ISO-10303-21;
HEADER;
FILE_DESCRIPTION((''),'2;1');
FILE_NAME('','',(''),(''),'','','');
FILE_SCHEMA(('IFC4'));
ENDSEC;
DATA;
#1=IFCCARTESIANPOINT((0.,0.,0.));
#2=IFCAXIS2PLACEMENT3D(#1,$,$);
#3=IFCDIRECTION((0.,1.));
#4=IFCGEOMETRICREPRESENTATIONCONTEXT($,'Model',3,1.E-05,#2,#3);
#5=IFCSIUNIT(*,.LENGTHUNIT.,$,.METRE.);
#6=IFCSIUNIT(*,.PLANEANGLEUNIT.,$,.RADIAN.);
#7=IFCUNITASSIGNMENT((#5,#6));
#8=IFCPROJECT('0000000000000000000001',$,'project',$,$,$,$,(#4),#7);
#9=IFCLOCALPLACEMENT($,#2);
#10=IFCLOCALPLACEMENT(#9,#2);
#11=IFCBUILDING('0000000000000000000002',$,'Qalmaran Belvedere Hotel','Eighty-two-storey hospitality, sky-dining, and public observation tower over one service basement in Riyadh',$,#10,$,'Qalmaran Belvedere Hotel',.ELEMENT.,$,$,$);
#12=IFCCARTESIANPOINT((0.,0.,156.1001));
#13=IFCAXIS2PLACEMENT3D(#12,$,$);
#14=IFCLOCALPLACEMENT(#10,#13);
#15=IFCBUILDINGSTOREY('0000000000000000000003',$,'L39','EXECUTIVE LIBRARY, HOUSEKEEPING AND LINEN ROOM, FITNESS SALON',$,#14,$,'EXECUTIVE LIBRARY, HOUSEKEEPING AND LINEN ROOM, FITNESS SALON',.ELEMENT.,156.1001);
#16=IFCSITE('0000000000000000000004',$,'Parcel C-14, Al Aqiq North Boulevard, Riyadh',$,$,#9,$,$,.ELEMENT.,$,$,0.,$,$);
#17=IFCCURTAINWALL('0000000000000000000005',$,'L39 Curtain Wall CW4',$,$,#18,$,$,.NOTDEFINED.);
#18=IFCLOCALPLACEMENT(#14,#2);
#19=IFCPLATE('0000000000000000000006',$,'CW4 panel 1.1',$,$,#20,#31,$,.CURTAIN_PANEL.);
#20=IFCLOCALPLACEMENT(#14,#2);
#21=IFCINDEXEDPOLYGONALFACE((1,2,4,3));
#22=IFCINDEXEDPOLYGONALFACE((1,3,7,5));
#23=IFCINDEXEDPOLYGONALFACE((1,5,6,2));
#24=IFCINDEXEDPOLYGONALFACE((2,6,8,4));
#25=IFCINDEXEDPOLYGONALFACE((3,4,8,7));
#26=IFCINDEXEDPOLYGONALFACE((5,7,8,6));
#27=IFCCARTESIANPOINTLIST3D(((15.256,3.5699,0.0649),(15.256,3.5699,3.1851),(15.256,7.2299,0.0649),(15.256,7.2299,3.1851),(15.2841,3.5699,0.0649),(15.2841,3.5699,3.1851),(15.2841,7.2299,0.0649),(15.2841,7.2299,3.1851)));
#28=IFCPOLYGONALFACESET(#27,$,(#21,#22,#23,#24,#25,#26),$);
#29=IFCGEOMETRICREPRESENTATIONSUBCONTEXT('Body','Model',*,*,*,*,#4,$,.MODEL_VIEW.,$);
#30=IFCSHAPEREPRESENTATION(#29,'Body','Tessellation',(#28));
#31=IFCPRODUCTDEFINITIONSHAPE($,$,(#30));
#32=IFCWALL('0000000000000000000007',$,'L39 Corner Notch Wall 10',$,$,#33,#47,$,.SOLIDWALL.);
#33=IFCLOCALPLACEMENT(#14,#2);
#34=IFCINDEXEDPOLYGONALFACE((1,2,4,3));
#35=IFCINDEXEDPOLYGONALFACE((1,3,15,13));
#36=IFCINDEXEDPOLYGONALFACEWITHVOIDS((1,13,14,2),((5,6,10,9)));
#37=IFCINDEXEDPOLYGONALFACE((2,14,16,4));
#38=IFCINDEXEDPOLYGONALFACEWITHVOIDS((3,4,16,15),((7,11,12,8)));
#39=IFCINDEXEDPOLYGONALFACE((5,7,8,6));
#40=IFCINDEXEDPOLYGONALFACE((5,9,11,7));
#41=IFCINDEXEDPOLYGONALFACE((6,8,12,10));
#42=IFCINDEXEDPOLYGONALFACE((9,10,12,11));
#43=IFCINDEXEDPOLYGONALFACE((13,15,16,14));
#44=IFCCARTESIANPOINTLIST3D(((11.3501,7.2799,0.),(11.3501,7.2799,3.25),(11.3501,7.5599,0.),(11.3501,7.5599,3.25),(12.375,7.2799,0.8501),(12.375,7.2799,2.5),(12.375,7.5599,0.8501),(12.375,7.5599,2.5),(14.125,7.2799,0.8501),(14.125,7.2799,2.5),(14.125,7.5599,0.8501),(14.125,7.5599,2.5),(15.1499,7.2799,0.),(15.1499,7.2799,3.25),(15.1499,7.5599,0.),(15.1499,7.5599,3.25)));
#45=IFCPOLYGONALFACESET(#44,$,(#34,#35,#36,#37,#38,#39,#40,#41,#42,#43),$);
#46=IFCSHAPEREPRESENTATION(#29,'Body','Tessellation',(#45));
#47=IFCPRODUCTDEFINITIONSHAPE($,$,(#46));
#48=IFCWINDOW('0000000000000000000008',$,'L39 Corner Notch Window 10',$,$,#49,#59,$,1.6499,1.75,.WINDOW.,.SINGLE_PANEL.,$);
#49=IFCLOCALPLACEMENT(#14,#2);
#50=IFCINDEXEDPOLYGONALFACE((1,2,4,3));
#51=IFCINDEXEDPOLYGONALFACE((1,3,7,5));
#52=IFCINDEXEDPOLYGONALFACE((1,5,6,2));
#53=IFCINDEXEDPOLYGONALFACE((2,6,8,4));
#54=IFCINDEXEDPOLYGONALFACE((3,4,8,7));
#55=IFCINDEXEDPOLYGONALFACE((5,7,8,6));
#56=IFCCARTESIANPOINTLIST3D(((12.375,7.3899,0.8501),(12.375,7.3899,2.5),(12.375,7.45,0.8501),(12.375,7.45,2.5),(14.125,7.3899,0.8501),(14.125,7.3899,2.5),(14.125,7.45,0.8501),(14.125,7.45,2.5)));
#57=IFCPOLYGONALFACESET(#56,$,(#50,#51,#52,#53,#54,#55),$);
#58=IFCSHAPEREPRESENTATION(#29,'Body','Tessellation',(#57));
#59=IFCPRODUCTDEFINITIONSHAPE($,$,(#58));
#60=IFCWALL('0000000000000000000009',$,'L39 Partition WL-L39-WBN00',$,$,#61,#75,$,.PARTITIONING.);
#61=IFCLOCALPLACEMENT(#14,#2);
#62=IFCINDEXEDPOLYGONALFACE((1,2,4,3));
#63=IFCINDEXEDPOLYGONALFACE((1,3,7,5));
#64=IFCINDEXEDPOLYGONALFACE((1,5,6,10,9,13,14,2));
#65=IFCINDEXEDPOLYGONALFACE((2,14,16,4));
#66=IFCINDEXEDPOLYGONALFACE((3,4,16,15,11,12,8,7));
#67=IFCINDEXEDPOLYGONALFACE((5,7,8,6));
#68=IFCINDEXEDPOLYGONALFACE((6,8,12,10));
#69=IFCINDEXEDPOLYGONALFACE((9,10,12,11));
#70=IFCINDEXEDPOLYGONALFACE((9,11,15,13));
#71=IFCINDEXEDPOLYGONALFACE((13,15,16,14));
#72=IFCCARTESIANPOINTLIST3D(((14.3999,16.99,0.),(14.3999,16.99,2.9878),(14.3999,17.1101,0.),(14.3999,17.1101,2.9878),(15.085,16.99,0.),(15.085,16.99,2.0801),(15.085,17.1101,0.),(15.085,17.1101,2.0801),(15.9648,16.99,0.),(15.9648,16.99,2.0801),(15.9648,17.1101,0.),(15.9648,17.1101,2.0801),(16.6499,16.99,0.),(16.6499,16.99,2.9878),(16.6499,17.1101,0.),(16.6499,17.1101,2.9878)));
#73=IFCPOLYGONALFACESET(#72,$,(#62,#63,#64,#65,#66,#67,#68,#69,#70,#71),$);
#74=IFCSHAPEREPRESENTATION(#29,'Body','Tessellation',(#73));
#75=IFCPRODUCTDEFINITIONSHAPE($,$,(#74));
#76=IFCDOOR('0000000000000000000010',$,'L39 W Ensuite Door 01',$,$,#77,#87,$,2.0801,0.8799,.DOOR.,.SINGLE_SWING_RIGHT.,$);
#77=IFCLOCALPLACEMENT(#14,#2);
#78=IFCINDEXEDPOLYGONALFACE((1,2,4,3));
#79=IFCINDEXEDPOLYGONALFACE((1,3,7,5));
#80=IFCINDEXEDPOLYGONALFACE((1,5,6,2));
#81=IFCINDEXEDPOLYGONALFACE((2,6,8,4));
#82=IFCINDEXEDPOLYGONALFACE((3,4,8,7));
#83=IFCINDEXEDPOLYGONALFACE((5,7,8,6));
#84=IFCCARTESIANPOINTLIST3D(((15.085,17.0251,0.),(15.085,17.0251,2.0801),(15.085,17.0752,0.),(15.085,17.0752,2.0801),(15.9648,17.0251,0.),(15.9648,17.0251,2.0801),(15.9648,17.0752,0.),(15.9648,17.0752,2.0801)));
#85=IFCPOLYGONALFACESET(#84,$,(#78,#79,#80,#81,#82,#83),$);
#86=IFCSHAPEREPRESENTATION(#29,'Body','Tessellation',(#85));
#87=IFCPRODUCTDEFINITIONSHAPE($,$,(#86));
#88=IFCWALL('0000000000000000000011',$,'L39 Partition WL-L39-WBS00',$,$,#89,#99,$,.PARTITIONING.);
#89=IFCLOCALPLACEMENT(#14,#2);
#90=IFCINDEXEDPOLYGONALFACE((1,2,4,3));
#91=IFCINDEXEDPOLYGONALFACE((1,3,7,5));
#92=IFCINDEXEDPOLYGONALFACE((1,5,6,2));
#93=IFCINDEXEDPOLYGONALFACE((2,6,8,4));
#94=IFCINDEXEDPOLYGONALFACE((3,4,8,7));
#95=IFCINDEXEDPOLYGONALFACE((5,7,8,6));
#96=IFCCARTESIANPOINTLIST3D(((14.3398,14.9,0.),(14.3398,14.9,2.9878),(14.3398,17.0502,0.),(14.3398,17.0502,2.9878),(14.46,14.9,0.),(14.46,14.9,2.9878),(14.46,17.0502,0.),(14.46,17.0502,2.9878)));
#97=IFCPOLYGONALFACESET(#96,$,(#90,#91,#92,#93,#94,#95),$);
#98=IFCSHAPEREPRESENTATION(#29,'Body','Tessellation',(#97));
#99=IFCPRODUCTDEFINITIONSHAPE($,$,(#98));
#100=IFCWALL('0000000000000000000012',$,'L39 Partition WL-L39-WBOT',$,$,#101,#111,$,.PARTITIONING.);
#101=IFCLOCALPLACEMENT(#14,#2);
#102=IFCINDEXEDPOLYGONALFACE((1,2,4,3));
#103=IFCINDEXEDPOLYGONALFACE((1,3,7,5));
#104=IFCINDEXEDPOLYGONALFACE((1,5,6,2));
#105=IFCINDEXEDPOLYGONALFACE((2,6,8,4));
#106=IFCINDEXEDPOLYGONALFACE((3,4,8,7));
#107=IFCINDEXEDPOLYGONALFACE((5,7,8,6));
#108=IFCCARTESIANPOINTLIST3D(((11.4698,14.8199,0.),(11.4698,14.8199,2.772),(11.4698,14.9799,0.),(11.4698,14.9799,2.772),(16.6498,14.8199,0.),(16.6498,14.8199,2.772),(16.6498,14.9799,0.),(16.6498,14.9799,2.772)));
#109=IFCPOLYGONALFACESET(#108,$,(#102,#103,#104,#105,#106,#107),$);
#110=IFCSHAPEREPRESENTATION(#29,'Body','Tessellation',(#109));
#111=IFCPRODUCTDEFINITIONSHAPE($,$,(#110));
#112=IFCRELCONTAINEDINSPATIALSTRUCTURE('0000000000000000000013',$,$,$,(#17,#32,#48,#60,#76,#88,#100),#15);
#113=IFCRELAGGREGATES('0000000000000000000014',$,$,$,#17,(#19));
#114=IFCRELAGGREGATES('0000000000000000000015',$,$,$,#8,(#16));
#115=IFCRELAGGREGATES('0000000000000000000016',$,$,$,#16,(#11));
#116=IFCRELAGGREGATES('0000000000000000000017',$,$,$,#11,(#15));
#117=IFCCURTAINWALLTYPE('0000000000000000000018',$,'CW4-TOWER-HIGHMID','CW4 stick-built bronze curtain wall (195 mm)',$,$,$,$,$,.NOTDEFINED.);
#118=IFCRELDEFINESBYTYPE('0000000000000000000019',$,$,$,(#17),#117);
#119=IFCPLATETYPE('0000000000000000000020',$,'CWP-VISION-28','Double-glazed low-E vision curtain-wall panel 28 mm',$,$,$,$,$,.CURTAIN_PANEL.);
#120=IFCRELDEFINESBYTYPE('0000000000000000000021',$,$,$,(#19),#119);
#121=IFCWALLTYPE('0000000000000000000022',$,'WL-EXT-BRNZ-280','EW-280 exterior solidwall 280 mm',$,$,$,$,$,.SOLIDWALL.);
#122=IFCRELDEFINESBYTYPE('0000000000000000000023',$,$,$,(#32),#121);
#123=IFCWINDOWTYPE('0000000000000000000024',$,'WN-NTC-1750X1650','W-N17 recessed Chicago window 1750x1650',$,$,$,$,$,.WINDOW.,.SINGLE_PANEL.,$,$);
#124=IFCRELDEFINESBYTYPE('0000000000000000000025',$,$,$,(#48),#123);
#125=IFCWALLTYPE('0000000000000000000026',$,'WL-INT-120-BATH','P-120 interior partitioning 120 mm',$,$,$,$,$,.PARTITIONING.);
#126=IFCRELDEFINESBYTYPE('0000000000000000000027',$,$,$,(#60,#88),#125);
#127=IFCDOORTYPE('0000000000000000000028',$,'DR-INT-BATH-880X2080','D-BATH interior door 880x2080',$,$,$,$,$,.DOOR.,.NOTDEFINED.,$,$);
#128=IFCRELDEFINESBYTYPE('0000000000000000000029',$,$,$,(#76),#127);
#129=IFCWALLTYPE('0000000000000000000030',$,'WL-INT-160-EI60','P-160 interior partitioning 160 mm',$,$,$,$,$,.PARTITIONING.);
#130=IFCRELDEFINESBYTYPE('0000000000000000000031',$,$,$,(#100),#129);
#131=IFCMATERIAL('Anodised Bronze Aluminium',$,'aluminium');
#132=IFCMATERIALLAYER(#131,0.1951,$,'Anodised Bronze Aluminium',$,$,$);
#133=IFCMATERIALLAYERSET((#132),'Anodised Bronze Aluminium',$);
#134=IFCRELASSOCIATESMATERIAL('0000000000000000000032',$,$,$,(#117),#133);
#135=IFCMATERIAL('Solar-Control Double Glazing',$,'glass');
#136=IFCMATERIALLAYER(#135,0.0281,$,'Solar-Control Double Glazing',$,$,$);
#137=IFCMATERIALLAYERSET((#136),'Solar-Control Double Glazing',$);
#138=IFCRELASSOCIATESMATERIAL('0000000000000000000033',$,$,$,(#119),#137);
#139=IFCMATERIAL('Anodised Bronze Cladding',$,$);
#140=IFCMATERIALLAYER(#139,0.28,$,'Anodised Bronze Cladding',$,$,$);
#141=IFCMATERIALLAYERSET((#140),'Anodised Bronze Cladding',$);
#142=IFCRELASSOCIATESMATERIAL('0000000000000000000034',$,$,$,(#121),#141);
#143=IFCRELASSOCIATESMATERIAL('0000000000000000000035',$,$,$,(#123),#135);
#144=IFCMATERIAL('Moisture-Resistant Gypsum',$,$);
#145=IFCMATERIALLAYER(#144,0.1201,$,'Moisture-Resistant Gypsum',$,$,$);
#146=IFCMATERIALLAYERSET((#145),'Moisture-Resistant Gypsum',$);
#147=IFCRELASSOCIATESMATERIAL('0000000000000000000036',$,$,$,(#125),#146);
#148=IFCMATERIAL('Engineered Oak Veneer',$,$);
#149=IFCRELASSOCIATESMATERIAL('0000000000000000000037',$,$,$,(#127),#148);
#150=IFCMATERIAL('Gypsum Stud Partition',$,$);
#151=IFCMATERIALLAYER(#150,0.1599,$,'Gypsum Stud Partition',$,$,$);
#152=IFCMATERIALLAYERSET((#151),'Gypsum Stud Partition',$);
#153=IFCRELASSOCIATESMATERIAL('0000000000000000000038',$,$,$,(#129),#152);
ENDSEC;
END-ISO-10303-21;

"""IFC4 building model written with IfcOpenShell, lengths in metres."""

from ifc_helpers import new_model, si_unit, direction, frame, frame_2d, origin, origin_2d, place, context, subcontext, project, spatial, rectangle, extrude, material, layer, layer_set, type_object, element, fill, aggregate, save


model = new_model("IFC4")

# Units and contexts
model_context = context("Model", 3, precision=1e-05, world=origin(), true_north=direction((0.0, 1.0)))
body_context = subcontext(model_context, "Body", "Model", "MODEL_VIEW")
ifc_project = project(units=[si_unit("LENGTHUNIT", "METRE"), si_unit("PLANEANGLEUNIT", "RADIAN")], contexts=[model_context])

# Site, building, storey
site_placement = place(None, origin())
site = spatial("IfcSite", under=ifc_project, at=site_placement, Name="Parcel C-14, Al Aqiq North Boulevard, Riyadh", CompositionType="ELEMENT", RefElevation=0.0)
building_placement = place(site_placement, origin())
building = spatial("IfcBuilding", under=site, at=building_placement, Name="Qalmaran Belvedere Hotel", Description="Eighty-two-storey hospitality, sky-dining, and public observation tower over one service basement in Riyadh", LongName="Qalmaran Belvedere Hotel", CompositionType="ELEMENT")
storey_placement = place(building_placement, frame((0.0, 0.0, 156.1001)))
storey = spatial("IfcBuildingStorey", under=building, at=storey_placement, Name="L39", Description="EXECUTIVE LIBRARY, HOUSEKEEPING AND LINEN ROOM, FITNESS SALON", LongName="EXECUTIVE LIBRARY, HOUSEKEEPING AND LINEN ROOM, FITNESS SALON", CompositionType="ELEMENT", Elevation=156.1001)

# Shared definitions
ifc_material_1 = material(Name="Anodised Bronze Aluminium", Category="aluminium")
ifc_layer_1 = layer(ifc_material_1, 0.1951, Name="Anodised Bronze Aluminium")
ifc_layer_set_1 = layer_set([ifc_layer_1], Name="Anodised Bronze Aluminium")
curtain_wall_type = type_object("IfcCurtainWallType", Name="CW4-TOWER-HIGHMID", Description="CW4 stick-built bronze curtain wall (195 mm)", PredefinedType="NOTDEFINED", material=ifc_layer_set_1)

# Curtain wall
curtain_wall_1_placement = place(storey_placement, origin())
curtain_wall_1 = element("IfcCurtainWall", 1, at=curtain_wall_1_placement, inside=storey, type_object=curtain_wall_type, Name="L39 Curtain Wall CW4", PredefinedType="NOTDEFINED")

# Plate
ifc_material_2 = material(Name="Solar-Control Double Glazing", Category="glass")
ifc_layer_2 = layer(ifc_material_2, 0.0281, Name="Solar-Control Double Glazing")
ifc_layer_set_2 = layer_set([ifc_layer_2], Name="Solar-Control Double Glazing")
plate_type = type_object("IfcPlateType", Name="CWP-VISION-28", Description="Double-glazed low-E vision curtain-wall panel 28 mm", PredefinedType="CURTAIN_PANEL", material=ifc_layer_set_2)
plate_1_placement = place(storey_placement, frame((15.27, 5.3999, 0.0649), z_axis=(0.0, 0.0, 1.0), x_axis=(0.0, -1.0, 0.0)))
plate_1 = element("IfcPlate", 2, at=plate_1_placement, type_object=plate_type, Name="CW4 panel 1.1", PredefinedType="CURTAIN_PANEL", context=body_context, shape_type="SweptSolid", body=[
    extrude(rectangle(XDim=3.6599, YDim=0.0281, at=origin_2d()), origin(), (0.0, 0.0, 1.0), 3.1201),
])
aggregate(curtain_wall_1, [plate_1])

# Wall, opening, window
ifc_material_3 = material(Name="Anodised Bronze Cladding")
ifc_layer_3 = layer(ifc_material_3, 0.28, Name="Anodised Bronze Cladding")
ifc_layer_set_3 = layer_set([ifc_layer_3], Name="Anodised Bronze Cladding")
wall_type_1 = type_object("IfcWallType", Name="WL-EXT-BRNZ-280", Description="EW-280 exterior solidwall 280 mm", PredefinedType="SOLIDWALL", material=ifc_layer_set_3)
wall_1_placement = place(storey_placement, frame((11.3501, 7.4199, 0.0), z_axis=(0.0, 0.0, 1.0), x_axis=(1.0, 0.0, 0.0)))
wall_1 = element("IfcWall", 3, at=wall_1_placement, inside=storey, type_object=wall_type_1, Name="L39 Corner Notch Wall 10", PredefinedType="SOLIDWALL", context=body_context, shape_type="SweptSolid", body=[
    extrude(rectangle(XDim=3.7998, YDim=0.28, at=frame_2d((1.8999, 0.0))), origin(), (0.0, 0.0, 1.0), 3.25),
])
opening_1_placement = place(wall_1_placement, frame((1.0249, 0.0, 0.8501)))
opening_1 = element("IfcOpeningElement", 4, at=opening_1_placement, cuts=wall_1, PredefinedType="OPENING", context=body_context, shape_type="SweptSolid", body=[
    extrude(rectangle(XDim=1.75, YDim=1.6499, at=frame_2d((0.875, 0.825))), frame((0.0, 0.1499, 0.0), z_axis=(0.0, -1.0, 0.0), x_axis=(1.0, 0.0, 0.0)), (0.0, 0.0, 1.0), 0.3),
])
window_type = type_object("IfcWindowType", Name="WN-NTC-1750X1650", Description="W-N17 recessed Chicago window 1750x1650", PartitioningType="SINGLE_PANEL", PredefinedType="WINDOW", material=ifc_material_2)
window_placement = place(opening_1_placement, origin())
window = element("IfcWindow", 5, at=window_placement, inside=storey, type_object=window_type, Name="L39 Corner Notch Window 10", OverallHeight=1.6499, OverallWidth=1.75, PartitioningType="SINGLE_PANEL", PredefinedType="WINDOW", context=body_context, shape_type="SweptSolid", body=[
    extrude(rectangle(XDim=1.75, YDim=1.6499, at=frame_2d((0.875, 0.825))), frame((0.0, 0.03, 0.0), z_axis=(0.0, -1.0, 0.0), x_axis=(1.0, 0.0, 0.0)), (0.0, 0.0, 1.0), 0.0601),
])
fill(opening_1, window)

# Wall, opening, door
ifc_material_4 = material(Name="Moisture-Resistant Gypsum")
ifc_layer_4 = layer(ifc_material_4, 0.1201, Name="Moisture-Resistant Gypsum")
ifc_layer_set_4 = layer_set([ifc_layer_4], Name="Moisture-Resistant Gypsum")
wall_type_2 = type_object("IfcWallType", Name="WL-INT-120-BATH", Description="P-120 interior partitioning 120 mm", PredefinedType="PARTITIONING", material=ifc_layer_set_4)
wall_2_placement = place(storey_placement, frame((14.3999, 17.05, 0.0), z_axis=(0.0, 0.0, 1.0), x_axis=(1.0, 0.0, 0.0)))
wall_2 = element("IfcWall", 6, at=wall_2_placement, inside=storey, type_object=wall_type_2, Name="L39 Partition WL-L39-WBN00", PredefinedType="PARTITIONING", context=body_context, shape_type="SweptSolid", body=[
    extrude(rectangle(XDim=2.25, YDim=0.1201, at=frame_2d((1.125, 0.0))), origin(), (0.0, 0.0, 1.0), 2.9878),
])
opening_2_placement = place(wall_2_placement, frame((1.5649, 0.0, 0.0), z_axis=(0.0, 0.0, 1.0), x_axis=(-1.0, 0.0, 0.0)))
opening_2 = element("IfcOpeningElement", 7, at=opening_2_placement, cuts=wall_2, PredefinedType="OPENING", context=body_context, shape_type="SweptSolid", body=[
    extrude(rectangle(XDim=0.8799, YDim=2.0801, at=frame_2d((0.4399, 1.04))), frame((0.0, 0.0701, 0.0), z_axis=(0.0, -1.0, 0.0), x_axis=(1.0, 0.0, 0.0)), (0.0, 0.0, 1.0), 0.1401),
])
ifc_material_5 = material(Name="Engineered Oak Veneer")
door_type = type_object("IfcDoorType", Name="DR-INT-BATH-880X2080", Description="D-BATH interior door 880x2080", OperationType="NOTDEFINED", PredefinedType="DOOR", material=ifc_material_5)
door_placement = place(opening_2_placement, origin())
door = element("IfcDoor", 8, at=door_placement, inside=storey, type_object=door_type, Name="L39 W Ensuite Door 01", OperationType="SINGLE_SWING_RIGHT", OverallHeight=2.0801, OverallWidth=0.8799, PredefinedType="DOOR", context=body_context, shape_type="SweptSolid", body=[
    extrude(rectangle(XDim=0.8799, YDim=2.0801, at=frame_2d((0.4399, 1.04))), frame((0.0, 0.0249, 0.0), z_axis=(0.0, -1.0, 0.0), x_axis=(1.0, 0.0, 0.0)), (0.0, 0.0, 1.0), 0.05),
])
fill(opening_2, door)

# Walls
wall_3_placement = place(storey_placement, frame((14.3999, 14.8999, 0.0), z_axis=(0.0, 0.0, 1.0), x_axis=(0.0, 1.0, 0.0)))
element("IfcWall", 9, at=wall_3_placement, inside=storey, type_object=wall_type_2, Name="L39 Partition WL-L39-WBS00", PredefinedType="PARTITIONING", context=body_context, shape_type="SweptSolid", body=[
    extrude(rectangle(XDim=2.1501, YDim=0.1201, at=frame_2d((1.0752, 0.0))), origin(), (0.0, 0.0, 1.0), 2.9878),
])
ifc_material_6 = material(Name="Gypsum Stud Partition")
ifc_layer_5 = layer(ifc_material_6, 0.1599, Name="Gypsum Stud Partition")
ifc_layer_set_5 = layer_set([ifc_layer_5], Name="Gypsum Stud Partition")
wall_type_3 = type_object("IfcWallType", Name="WL-INT-160-EI60", Description="P-160 interior partitioning 160 mm", PredefinedType="PARTITIONING", material=ifc_layer_set_5)
wall_4_placement = place(storey_placement, frame((11.47, 14.8999, 0.0), z_axis=(0.0, 0.0, 1.0), x_axis=(1.0, 0.0, 0.0)))
element("IfcWall", 10, at=wall_4_placement, inside=storey, type_object=wall_type_3, Name="L39 Partition WL-L39-WBOT", PredefinedType="PARTITIONING", context=body_context, shape_type="SweptSolid", body=[
    extrude(rectangle(XDim=5.1799, YDim=0.1599, at=frame_2d((2.5898, 0.0))), origin(), (0.0, 0.0, 1.0), 2.772),
])

save(model, "model.ifc")
